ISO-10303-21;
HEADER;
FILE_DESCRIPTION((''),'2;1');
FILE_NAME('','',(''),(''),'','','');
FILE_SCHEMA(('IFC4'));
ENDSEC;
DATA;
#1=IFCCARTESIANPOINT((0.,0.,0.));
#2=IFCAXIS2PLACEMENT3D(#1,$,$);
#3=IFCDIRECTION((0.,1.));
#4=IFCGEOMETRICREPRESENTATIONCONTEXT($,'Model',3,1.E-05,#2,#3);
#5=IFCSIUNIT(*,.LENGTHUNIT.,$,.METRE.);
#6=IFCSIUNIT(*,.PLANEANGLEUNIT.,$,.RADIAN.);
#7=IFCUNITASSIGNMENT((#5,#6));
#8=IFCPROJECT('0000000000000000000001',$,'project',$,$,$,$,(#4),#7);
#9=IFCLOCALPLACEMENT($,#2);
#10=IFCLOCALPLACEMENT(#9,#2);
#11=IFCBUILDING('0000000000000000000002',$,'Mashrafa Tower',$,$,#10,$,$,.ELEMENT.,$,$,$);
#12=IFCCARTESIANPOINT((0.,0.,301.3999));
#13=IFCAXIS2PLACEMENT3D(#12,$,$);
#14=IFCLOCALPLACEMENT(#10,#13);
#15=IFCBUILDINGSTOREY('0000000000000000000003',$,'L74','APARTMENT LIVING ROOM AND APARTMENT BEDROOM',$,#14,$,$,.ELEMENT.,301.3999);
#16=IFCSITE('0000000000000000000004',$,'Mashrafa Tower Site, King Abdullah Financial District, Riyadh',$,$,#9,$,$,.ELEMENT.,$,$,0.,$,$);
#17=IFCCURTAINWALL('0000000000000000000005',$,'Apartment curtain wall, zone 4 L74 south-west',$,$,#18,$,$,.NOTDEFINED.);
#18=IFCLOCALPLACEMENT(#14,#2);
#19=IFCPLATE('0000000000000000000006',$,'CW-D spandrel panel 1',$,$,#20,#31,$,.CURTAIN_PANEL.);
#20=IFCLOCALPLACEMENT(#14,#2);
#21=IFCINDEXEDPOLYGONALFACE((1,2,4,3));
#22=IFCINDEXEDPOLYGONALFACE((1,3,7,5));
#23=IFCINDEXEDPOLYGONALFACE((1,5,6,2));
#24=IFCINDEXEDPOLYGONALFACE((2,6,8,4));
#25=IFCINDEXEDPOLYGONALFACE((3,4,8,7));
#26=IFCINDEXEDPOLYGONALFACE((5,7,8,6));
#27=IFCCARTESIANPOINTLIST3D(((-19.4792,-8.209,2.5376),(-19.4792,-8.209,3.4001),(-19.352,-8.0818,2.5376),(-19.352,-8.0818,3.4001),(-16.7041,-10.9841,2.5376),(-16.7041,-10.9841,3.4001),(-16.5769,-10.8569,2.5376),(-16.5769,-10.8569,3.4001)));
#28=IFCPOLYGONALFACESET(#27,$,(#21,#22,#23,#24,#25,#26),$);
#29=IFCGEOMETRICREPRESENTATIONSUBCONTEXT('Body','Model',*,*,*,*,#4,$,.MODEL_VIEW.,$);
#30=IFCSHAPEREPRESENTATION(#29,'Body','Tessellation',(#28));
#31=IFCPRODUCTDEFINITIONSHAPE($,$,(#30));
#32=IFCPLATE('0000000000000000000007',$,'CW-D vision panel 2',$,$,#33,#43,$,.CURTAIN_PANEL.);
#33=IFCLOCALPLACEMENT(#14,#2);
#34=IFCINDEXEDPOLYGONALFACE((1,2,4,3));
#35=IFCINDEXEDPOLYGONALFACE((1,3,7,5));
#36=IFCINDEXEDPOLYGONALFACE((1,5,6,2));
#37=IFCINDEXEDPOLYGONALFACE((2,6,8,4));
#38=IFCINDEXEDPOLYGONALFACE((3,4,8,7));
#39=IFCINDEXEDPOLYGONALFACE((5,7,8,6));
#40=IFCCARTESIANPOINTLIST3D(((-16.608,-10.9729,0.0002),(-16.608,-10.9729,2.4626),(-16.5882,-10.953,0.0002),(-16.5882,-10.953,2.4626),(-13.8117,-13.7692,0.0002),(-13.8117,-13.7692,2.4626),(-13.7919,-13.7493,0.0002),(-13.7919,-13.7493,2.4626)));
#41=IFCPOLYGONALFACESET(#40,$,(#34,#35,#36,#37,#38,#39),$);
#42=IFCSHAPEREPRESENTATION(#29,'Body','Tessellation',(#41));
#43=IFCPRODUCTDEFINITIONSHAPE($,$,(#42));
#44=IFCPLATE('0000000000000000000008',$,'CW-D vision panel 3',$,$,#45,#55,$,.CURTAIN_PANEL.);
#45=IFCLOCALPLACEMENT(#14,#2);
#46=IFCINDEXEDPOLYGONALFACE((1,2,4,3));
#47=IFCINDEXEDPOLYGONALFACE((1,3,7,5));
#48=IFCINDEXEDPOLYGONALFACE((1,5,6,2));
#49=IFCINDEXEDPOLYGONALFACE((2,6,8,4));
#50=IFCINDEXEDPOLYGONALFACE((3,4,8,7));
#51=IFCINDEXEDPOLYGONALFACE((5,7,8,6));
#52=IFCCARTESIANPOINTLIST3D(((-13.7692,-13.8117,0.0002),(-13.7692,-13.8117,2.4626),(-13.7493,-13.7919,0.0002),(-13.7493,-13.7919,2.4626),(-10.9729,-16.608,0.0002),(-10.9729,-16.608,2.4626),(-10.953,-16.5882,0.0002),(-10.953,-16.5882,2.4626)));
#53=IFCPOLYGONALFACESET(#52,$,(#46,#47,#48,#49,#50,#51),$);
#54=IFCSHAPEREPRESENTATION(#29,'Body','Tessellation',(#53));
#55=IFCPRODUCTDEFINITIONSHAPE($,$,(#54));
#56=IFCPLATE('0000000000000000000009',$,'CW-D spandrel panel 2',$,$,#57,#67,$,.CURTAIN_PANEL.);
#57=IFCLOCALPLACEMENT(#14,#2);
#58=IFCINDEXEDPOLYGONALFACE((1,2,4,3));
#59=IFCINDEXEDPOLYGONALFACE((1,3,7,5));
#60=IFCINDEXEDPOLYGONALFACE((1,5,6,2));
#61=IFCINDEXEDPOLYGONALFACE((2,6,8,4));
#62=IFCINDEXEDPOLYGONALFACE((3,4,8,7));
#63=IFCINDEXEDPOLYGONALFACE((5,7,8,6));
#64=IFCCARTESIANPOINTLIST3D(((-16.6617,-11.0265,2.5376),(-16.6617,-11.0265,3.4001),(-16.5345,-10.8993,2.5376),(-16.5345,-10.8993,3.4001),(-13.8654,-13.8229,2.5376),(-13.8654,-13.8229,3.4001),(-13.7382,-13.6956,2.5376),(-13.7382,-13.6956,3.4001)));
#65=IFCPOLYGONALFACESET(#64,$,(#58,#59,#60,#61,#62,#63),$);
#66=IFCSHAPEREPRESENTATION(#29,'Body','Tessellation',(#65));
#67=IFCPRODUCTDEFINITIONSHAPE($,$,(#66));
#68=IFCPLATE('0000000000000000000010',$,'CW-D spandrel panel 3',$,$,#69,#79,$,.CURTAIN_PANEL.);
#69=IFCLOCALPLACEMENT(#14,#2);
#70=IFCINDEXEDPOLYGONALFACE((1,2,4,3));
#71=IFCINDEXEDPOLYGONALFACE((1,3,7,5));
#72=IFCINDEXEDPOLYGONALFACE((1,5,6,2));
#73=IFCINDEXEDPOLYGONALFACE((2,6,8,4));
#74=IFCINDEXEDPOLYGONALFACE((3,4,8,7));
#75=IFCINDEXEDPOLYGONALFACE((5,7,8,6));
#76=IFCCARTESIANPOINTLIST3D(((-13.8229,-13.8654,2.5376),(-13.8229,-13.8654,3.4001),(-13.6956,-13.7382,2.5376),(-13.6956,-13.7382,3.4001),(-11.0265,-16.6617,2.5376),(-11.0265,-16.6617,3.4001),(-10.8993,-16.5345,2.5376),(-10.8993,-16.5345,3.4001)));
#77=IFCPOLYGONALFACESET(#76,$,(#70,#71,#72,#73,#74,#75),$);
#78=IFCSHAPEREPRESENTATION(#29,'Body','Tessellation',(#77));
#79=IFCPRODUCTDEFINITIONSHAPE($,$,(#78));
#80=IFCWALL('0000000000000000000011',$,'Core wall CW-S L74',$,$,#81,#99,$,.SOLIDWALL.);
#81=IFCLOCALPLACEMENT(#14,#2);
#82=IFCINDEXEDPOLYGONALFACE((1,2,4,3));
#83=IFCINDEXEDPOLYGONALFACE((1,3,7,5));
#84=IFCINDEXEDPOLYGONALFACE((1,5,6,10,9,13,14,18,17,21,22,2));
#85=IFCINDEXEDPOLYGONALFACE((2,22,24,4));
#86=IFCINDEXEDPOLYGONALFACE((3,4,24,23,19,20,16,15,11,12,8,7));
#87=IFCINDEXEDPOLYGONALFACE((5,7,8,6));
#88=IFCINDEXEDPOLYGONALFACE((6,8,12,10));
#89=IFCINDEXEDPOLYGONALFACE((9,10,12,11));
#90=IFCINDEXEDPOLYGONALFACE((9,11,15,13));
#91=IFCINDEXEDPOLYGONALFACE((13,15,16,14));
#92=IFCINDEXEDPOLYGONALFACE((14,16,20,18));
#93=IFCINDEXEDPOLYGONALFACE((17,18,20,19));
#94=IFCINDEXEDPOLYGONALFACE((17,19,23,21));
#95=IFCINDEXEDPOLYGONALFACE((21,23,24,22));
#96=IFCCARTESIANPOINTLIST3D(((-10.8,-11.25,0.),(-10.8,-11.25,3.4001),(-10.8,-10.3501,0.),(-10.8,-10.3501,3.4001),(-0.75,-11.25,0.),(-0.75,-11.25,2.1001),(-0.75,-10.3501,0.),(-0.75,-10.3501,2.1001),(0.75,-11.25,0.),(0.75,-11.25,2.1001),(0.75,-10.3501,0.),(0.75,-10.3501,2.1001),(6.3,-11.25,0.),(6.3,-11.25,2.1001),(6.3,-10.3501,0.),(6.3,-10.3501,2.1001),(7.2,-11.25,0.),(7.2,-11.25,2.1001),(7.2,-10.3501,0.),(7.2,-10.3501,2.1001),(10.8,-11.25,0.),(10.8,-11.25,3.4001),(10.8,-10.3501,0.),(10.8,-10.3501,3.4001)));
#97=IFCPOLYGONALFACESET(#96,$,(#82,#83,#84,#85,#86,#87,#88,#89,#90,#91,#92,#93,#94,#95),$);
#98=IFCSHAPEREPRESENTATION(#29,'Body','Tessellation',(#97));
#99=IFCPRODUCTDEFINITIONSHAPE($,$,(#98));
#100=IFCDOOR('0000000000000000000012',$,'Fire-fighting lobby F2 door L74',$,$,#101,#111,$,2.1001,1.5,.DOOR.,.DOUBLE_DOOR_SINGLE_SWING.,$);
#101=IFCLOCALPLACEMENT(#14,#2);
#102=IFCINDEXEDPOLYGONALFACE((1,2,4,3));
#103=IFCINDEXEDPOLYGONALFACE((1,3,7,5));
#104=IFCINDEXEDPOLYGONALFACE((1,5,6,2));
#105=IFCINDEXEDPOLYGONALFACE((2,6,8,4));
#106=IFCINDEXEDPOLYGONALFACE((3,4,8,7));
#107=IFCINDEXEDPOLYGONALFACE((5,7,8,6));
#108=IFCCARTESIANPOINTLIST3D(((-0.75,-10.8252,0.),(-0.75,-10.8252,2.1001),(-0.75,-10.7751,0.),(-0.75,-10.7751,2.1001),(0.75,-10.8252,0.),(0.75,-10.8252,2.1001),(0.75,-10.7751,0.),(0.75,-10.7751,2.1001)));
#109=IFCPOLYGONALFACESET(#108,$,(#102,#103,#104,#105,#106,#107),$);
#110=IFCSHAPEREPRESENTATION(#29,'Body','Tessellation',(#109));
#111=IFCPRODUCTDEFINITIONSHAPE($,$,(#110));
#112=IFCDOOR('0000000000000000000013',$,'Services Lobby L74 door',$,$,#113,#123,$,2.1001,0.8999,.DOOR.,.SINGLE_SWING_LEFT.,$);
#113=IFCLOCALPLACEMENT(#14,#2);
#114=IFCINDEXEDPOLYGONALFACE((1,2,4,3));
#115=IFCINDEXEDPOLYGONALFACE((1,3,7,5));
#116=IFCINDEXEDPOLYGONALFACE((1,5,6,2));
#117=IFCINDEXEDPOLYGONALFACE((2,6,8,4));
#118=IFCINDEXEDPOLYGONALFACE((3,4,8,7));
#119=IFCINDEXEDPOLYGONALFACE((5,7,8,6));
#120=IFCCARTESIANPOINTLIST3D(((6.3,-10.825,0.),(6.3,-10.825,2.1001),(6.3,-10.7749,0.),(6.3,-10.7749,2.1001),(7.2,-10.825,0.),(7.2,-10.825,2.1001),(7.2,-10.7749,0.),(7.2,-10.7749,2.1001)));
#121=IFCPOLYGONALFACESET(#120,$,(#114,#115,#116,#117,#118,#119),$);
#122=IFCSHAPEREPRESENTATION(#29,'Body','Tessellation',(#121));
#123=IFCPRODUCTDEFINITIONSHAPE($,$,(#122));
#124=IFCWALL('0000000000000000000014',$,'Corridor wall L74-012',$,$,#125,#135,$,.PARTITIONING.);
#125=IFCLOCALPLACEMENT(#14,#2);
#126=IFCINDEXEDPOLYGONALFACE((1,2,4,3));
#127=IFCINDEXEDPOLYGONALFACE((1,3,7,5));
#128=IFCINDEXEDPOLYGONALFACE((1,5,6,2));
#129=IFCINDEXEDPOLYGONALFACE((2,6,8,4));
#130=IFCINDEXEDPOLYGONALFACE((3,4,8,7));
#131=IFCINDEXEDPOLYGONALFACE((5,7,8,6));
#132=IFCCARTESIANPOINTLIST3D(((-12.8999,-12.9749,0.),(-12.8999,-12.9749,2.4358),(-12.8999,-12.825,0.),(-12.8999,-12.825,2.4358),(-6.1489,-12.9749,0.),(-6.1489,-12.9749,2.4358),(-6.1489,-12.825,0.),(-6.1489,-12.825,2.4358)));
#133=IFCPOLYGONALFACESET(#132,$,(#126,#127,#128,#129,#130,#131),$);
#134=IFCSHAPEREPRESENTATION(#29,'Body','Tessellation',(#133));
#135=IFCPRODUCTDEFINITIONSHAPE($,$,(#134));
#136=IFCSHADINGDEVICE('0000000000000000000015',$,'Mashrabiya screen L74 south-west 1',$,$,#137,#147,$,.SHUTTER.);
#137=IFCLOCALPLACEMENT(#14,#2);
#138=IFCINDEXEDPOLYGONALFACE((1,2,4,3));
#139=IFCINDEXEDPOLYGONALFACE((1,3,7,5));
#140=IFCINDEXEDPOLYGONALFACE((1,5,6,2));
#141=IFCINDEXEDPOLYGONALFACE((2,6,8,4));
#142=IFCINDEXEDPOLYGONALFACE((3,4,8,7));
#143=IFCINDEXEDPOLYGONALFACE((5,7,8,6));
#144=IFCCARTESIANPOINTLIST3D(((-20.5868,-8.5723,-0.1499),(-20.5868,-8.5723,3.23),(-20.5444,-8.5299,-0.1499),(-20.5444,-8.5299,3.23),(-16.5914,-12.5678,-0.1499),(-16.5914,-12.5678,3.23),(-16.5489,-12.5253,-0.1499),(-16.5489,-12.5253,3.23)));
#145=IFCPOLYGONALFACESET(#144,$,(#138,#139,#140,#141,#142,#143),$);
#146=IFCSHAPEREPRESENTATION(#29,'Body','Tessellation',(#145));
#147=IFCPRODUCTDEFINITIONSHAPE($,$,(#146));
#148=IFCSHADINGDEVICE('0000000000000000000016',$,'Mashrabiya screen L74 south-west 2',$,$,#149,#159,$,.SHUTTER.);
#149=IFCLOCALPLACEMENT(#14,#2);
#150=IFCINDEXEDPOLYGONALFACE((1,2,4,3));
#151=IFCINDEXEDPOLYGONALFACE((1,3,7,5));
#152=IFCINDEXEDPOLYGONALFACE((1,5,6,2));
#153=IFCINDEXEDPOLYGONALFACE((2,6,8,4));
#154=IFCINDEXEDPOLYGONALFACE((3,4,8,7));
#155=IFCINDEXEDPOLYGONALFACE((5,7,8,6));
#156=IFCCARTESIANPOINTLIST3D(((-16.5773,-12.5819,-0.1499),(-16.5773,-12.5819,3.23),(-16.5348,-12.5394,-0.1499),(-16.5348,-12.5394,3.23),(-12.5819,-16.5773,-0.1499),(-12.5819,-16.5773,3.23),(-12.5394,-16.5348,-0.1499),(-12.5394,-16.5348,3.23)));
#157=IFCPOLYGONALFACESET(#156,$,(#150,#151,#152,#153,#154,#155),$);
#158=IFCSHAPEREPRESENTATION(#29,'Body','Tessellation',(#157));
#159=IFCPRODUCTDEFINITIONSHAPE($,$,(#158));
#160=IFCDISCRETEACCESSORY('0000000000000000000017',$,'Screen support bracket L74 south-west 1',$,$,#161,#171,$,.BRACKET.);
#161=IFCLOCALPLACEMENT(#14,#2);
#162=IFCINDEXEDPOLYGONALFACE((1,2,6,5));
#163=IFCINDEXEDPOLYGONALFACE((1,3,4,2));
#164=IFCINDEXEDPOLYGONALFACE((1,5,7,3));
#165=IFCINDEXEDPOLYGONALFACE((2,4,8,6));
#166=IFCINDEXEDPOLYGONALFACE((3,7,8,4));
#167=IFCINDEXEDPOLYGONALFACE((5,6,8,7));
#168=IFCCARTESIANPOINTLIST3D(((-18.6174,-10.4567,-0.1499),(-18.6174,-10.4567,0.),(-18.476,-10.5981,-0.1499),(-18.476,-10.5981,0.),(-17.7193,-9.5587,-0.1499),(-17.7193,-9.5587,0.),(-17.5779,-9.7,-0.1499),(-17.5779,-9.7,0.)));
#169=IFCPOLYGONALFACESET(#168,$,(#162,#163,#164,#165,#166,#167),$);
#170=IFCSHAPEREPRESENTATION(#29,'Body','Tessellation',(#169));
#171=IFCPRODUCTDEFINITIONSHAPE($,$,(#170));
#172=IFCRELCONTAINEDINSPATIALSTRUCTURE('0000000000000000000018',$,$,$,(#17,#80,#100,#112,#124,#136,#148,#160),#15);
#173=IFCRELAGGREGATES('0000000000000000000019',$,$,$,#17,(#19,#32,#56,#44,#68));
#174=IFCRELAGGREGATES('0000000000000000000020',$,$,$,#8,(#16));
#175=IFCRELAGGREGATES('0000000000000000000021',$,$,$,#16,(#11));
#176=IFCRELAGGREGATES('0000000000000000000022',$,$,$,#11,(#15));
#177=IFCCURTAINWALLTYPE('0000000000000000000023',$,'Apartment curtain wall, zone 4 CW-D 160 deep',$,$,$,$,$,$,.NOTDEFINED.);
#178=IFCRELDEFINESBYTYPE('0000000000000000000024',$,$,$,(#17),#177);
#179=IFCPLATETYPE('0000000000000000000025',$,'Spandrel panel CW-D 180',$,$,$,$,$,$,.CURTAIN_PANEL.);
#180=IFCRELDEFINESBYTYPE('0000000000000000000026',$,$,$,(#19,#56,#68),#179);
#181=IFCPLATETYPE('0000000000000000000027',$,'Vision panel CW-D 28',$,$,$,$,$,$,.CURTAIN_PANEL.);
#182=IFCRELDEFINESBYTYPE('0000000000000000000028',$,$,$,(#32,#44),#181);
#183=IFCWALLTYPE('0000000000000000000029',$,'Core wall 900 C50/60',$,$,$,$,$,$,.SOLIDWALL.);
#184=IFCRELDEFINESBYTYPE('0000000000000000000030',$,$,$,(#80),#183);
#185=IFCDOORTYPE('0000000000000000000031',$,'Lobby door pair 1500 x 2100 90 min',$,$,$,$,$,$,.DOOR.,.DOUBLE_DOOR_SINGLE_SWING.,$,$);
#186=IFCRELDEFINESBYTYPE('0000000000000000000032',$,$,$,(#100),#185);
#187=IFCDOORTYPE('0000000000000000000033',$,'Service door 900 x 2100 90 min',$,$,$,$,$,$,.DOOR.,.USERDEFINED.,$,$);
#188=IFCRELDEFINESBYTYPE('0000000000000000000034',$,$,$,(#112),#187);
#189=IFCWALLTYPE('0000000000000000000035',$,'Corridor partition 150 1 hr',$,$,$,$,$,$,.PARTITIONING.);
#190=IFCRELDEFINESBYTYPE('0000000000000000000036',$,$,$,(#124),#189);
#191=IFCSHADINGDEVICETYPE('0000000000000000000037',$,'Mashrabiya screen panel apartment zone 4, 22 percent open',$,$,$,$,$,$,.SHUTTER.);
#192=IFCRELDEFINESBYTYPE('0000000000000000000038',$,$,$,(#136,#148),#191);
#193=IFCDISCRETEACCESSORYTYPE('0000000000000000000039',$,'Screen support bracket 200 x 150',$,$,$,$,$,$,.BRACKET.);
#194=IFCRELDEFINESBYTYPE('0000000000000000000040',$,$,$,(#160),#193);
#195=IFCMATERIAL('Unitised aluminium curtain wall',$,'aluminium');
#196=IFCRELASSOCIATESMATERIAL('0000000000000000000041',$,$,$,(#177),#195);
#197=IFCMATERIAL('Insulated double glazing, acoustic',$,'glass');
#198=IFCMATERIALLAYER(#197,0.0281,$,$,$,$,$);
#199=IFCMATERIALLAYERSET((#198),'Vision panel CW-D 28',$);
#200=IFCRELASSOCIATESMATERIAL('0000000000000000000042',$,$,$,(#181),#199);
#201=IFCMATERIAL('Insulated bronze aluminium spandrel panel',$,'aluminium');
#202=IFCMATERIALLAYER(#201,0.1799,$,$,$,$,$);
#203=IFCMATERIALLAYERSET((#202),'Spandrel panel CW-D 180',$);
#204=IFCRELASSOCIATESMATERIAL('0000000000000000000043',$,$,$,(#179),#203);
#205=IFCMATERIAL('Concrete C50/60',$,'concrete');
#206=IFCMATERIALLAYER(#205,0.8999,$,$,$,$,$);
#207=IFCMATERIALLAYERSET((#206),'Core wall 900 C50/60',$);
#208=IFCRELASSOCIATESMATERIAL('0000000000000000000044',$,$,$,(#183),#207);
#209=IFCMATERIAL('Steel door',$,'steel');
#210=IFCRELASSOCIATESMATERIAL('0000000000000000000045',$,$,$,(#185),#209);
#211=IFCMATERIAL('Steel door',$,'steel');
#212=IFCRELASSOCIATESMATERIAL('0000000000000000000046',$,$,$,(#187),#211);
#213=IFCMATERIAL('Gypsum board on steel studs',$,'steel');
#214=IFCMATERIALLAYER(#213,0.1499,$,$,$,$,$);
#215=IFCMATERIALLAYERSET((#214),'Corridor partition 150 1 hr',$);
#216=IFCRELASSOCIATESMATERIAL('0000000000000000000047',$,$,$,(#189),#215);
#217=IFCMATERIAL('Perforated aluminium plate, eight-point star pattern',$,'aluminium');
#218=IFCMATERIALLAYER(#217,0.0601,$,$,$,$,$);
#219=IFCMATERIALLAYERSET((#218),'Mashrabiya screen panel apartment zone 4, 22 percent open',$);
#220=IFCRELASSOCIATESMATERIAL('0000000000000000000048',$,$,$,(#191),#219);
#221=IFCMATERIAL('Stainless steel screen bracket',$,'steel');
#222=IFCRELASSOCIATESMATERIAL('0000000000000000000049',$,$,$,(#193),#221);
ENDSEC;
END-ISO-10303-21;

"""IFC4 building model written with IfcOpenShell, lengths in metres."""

from ifc_helpers import new_model, si_unit, direction, frame, frame_2d, origin, origin_2d, place, context, subcontext, project, spatial, rectangle, extrude, source, transform, mapped, material, layer, layer_set, type_object, type_shapes, element, fill, aggregate, save


model = new_model("IFC4")

# Units and contexts
model_context = context("Model", 3, precision=1e-05, world=origin(), true_north=direction((0.0, 1.0)))
body_context = subcontext(model_context, "Body", "Model", "MODEL_VIEW")
ifc_project = project(units=[si_unit("LENGTHUNIT", "METRE"), si_unit("PLANEANGLEUNIT", "RADIAN")], contexts=[model_context])

# Site, building, storey
site_placement = place(None, origin())
site = spatial("IfcSite", under=ifc_project, at=site_placement, Name="Mashrafa Tower Site, King Abdullah Financial District, Riyadh", CompositionType="ELEMENT", RefElevation=0.0)
building_placement = place(site_placement, origin())
building = spatial("IfcBuilding", under=site, at=building_placement, Name="Mashrafa Tower", CompositionType="ELEMENT")
storey_placement = place(building_placement, frame((0.0, 0.0, 301.3999)))
storey = spatial("IfcBuildingStorey", under=building, at=storey_placement, Name="L74", Description="APARTMENT LIVING ROOM AND APARTMENT BEDROOM", CompositionType="ELEMENT", Elevation=301.3999)

# Shared definitions
ifc_material_1 = material(Name="Unitised aluminium curtain wall", Category="aluminium")
curtain_wall_type = type_object("IfcCurtainWallType", Name="Apartment curtain wall, zone 4 CW-D 160 deep", PredefinedType="NOTDEFINED", material=ifc_material_1)

# Curtain wall, plates
curtain_wall_1_placement = place(storey_placement, origin())
curtain_wall_1 = element("IfcCurtainWall", 1, at=curtain_wall_1_placement, inside=storey, type_object=curtain_wall_type, Name="Apartment curtain wall, zone 4 L74 south-west", PredefinedType="NOTDEFINED")
ifc_material_2 = material(Name="Insulated double glazing, acoustic", Category="glass")
ifc_layer_1 = layer(ifc_material_2, 0.0281)
ifc_layer_set_1 = layer_set([ifc_layer_1], Name="Vision panel CW-D 28")
plate_type_1 = type_object("IfcPlateType", Name="Vision panel CW-D 28", PredefinedType="CURTAIN_PANEL", material=ifc_layer_set_1)
ifc_material_3 = material(Name="Insulated bronze aluminium spandrel panel", Category="aluminium")
ifc_layer_2 = layer(ifc_material_3, 0.1799)
ifc_layer_set_2 = layer_set([ifc_layer_2], Name="Spandrel panel CW-D 180")
plate_type_2 = type_object("IfcPlateType", Name="Spandrel panel CW-D 180", PredefinedType="CURTAIN_PANEL", material=ifc_layer_set_2)
shared_shape_1 = source(origin(), body_context, "Body", "SweptSolid", [
    extrude(rectangle(XDim=3.9246, YDim=0.1799, at=origin_2d()), origin(), (0.0, 0.0, 1.0), 0.8625),
])
plate_1_placement = place(storey_placement, frame((-18.0281, -9.533, 2.5376), z_axis=(0.0, 0.0, 1.0), x_axis=(0.707107, -0.707107, 0.0)))
plate_1 = element("IfcPlate", 2, at=plate_1_placement, type_object=plate_type_2, Name="CW-D spandrel panel 1", PredefinedType="CURTAIN_PANEL", context=body_context, shape_type="MappedRepresentation", body=[
    mapped(shared_shape_1, transform((0.0, 0.0, 0.0))),
])
shared_shape_2 = source(origin(), body_context, "Body", "SweptSolid", [
    extrude(rectangle(XDim=3.9546, YDim=0.0281, at=origin_2d()), origin(), (0.0, 0.0, 1.0), 2.4624),
])
plate_2_placement = place(storey_placement, frame((-15.2, -12.3611, 0.0002), z_axis=(0.0, 0.0, 1.0), x_axis=(0.707107, -0.707107, 0.0)))
plate_2 = element("IfcPlate", 3, at=plate_2_placement, type_object=plate_type_1, Name="CW-D vision panel 2", PredefinedType="CURTAIN_PANEL", context=body_context, shape_type="MappedRepresentation", body=[
    mapped(shared_shape_2, transform((0.0, 0.0, 0.0))),
])
plate_3_placement = place(storey_placement, frame((-12.3611, -15.2, 0.0002), z_axis=(0.0, 0.0, 1.0), x_axis=(0.707107, -0.707107, 0.0)))
plate_3 = element("IfcPlate", 4, at=plate_3_placement, type_object=plate_type_1, Name="CW-D vision panel 3", PredefinedType="CURTAIN_PANEL", context=body_context, shape_type="MappedRepresentation", body=[
    mapped(shared_shape_2, transform((0.0, 0.0, 0.0))),
])
shared_shape_3 = source(origin(), body_context, "Body", "SweptSolid", [
    extrude(rectangle(XDim=3.9546, YDim=0.1799, at=origin_2d()), origin(), (0.0, 0.0, 1.0), 0.8625),
])
type_shapes(plate_type_2, [shared_shape_1, shared_shape_3])
plate_4_placement = place(storey_placement, frame((-15.2, -12.3611, 2.5376), z_axis=(0.0, 0.0, 1.0), x_axis=(0.707107, -0.707107, 0.0)))
plate_4 = element("IfcPlate", 5, at=plate_4_placement, type_object=plate_type_2, Name="CW-D spandrel panel 2", PredefinedType="CURTAIN_PANEL", context=body_context, shape_type="MappedRepresentation", body=[
    mapped(shared_shape_3, transform((0.0, 0.0, 0.0))),
])
plate_5_placement = place(storey_placement, frame((-12.3611, -15.2, 2.5376), z_axis=(0.0, 0.0, 1.0), x_axis=(0.707107, -0.707107, 0.0)))
plate_5 = element("IfcPlate", 6, at=plate_5_placement, type_object=plate_type_2, Name="CW-D spandrel panel 3", PredefinedType="CURTAIN_PANEL", context=body_context, shape_type="MappedRepresentation", body=[
    mapped(shared_shape_3, transform((0.0, 0.0, 0.0))),
])
aggregate(curtain_wall_1, [plate_1, plate_2, plate_4, plate_3, plate_5])

# Wall, openings, doors
ifc_material_4 = material(Name="Concrete C50/60", Category="concrete")
ifc_layer_3 = layer(ifc_material_4, 0.8999)
ifc_layer_set_3 = layer_set([ifc_layer_3], Name="Core wall 900 C50/60")
wall_type_1 = type_object("IfcWallType", Name="Core wall 900 C50/60", PredefinedType="SOLIDWALL", material=ifc_layer_set_3)
wall_1_placement = place(storey_placement, frame((-10.8, -10.8, 0.0), z_axis=(0.0, 0.0, 1.0), x_axis=(1.0, 0.0, 0.0)))
wall_1 = element("IfcWall", 7, at=wall_1_placement, inside=storey, type_object=wall_type_1, Name="Core wall CW-S L74", PredefinedType="SOLIDWALL", context=body_context, shape_type="SweptSolid", body=[
    extrude(rectangle(XDim=21.6001, YDim=0.8999, at=frame_2d((10.8, 0.0))), origin(), (0.0, 0.0, 1.0), 3.4001),
])
opening_1_placement = place(wall_1_placement, frame((10.05, 0.0, 0.0)))
opening_1 = element("IfcOpeningElement", 8, at=opening_1_placement, cuts=wall_1, PredefinedType="OPENING", context=body_context, shape_type="SweptSolid", body=[
    extrude(rectangle(XDim=1.5, YDim=2.1001, at=frame_2d((0.75, 1.05))), frame((0.0, 0.46, 0.0), z_axis=(0.0, -1.0, 0.0), x_axis=(1.0, 0.0, 0.0)), (0.0, 0.0, 1.0), 0.9199),
])
opening_2_placement = place(wall_1_placement, frame((17.1001, 0.0, 0.0)))
opening_2 = element("IfcOpeningElement", 9, at=opening_2_placement, cuts=wall_1, PredefinedType="OPENING", context=body_context, shape_type="SweptSolid", body=[
    extrude(rectangle(XDim=0.8999, YDim=2.1001, at=frame_2d((0.45, 1.05))), frame((0.0, 0.46, 0.0), z_axis=(0.0, -1.0, 0.0), x_axis=(1.0, 0.0, 0.0)), (0.0, 0.0, 1.0), 0.9199),
])
ifc_material_5 = material(Name="Steel door", Category="steel")
door_type_1 = type_object("IfcDoorType", Name="Lobby door pair 1500 x 2100 90 min", OperationType="DOUBLE_DOOR_SINGLE_SWING", PredefinedType="DOOR", material=ifc_material_5)
door_1_placement = place(opening_1_placement, origin())
door_1 = element("IfcDoor", 10, at=door_1_placement, inside=storey, type_object=door_type_1, Name="Fire-fighting lobby F2 door L74", OperationType="DOUBLE_DOOR_SINGLE_SWING", OverallHeight=2.1001, OverallWidth=1.5, PredefinedType="DOOR", context=body_context, shape_type="SweptSolid", body=[
    extrude(rectangle(XDim=1.5, YDim=2.1001, at=frame_2d((0.75, 1.05))), frame((0.0, 0.0249, 0.0), z_axis=(0.0, -1.0, 0.0), x_axis=(1.0, 0.0, 0.0)), (0.0, 0.0, 1.0), 0.05),
])
fill(opening_1, door_1)
ifc_material_6 = material(Name="Steel door", Category="steel")
door_type_2 = type_object("IfcDoorType", Name="Service door 900 x 2100 90 min", OperationType="USERDEFINED", PredefinedType="DOOR", material=ifc_material_6)
door_2_placement = place(opening_2_placement, frame((0.8999, 0.0, 0.0), z_axis=(0.0, 0.0, 1.0), x_axis=(-1.0, 0.0, 0.0)))
door_2 = element("IfcDoor", 11, at=door_2_placement, inside=storey, type_object=door_type_2, Name="Services Lobby L74 door", OperationType="SINGLE_SWING_LEFT", OverallHeight=2.1001, OverallWidth=0.8999, PredefinedType="DOOR", context=body_context, shape_type="SweptSolid", body=[
    extrude(rectangle(XDim=0.8999, YDim=2.1001, at=frame_2d((0.45, 1.05))), frame((0.0, 0.0249, 0.0), z_axis=(0.0, -1.0, 0.0), x_axis=(1.0, 0.0, 0.0)), (0.0, 0.0, 1.0), 0.05),
])
fill(opening_2, door_2)

# Wall
ifc_material_7 = material(Name="Gypsum board on steel studs", Category="steel")
ifc_layer_4 = layer(ifc_material_7, 0.1499)
ifc_layer_set_4 = layer_set([ifc_layer_4], Name="Corridor partition 150 1 hr")
wall_type_2 = type_object("IfcWallType", Name="Corridor partition 150 1 hr", PredefinedType="PARTITIONING", material=ifc_layer_set_4)
wall_2_placement = place(storey_placement, frame((-12.8999, -12.8999, 0.0), z_axis=(0.0, 0.0, 1.0), x_axis=(1.0, 0.0, 0.0)))
element("IfcWall", 12, at=wall_2_placement, inside=storey, type_object=wall_type_2, Name="Corridor wall L74-012", PredefinedType="PARTITIONING", context=body_context, shape_type="SweptSolid", body=[
    extrude(rectangle(XDim=6.751, YDim=0.1499, at=frame_2d((3.3755, 0.0))), origin(), (0.0, 0.0, 1.0), 2.4358),
])

# Shading devices
ifc_material_8 = material(Name="Perforated aluminium plate, eight-point star pattern", Category="aluminium")
ifc_layer_5 = layer(ifc_material_8, 0.0601)
ifc_layer_set_5 = layer_set([ifc_layer_5], Name="Mashrabiya screen panel apartment zone 4, 22 percent open")
shading_device_type = type_object("IfcShadingDeviceType", Name="Mashrabiya screen panel apartment zone 4, 22 percent open", PredefinedType="SHUTTER", material=ifc_layer_set_5)
shared_shape_4 = source(origin(), body_context, "Body", "SweptSolid", [
    extrude(rectangle(XDim=5.6504, YDim=0.0601, at=origin_2d()), origin(), (0.0, 0.0, 1.0), 3.3799),
])
type_shapes(shading_device_type, [shared_shape_4])
for number, where, z_axis, x_axis, name in (
    (13, (-18.5679, -10.5488, -0.1499), (0.0, 0.0, 1.0), (0.707107, -0.707107, 0.0), "Mashrabiya screen L74 south-west 1"),
    (14, (-14.5583, -14.5583, -0.1499), (0.0, 0.0, 1.0), (0.707107, -0.707107, 0.0), "Mashrabiya screen L74 south-west 2"),
):
    element("IfcShadingDevice", number, at=place(storey_placement, frame(where, z_axis=z_axis, x_axis=x_axis)), inside=storey, type_object=shading_device_type, Name=name, PredefinedType="SHUTTER", context=body_context, shape_type="MappedRepresentation", body=[
        mapped(shared_shape_4, transform((0.0, 0.0, 0.0))),
    ])

# Discrete accessory
ifc_material_9 = material(Name="Stainless steel screen bracket", Category="steel")
discrete_accessory_type = type_object("IfcDiscreteAccessoryType", Name="Screen support bracket 200 x 150", PredefinedType="BRACKET", material=ifc_material_9)
shared_shape_5 = source(origin(), body_context, "Body", "SweptSolid", [
    extrude(rectangle(XDim=0.2, YDim=1.27, at=origin_2d()), origin(), (0.0, 0.0, 1.0), 0.1499),
])
type_shapes(discrete_accessory_type, [shared_shape_5])
for number, where, z_axis, x_axis, name in (
    (15, (-18.0977, -10.0784, -0.1499), (0.0, 0.0, 1.0), (0.707107, -0.707107, 0.0), "Screen support bracket L74 south-west 1"),
):
    element("IfcDiscreteAccessory", number, at=place(storey_placement, frame(where, z_axis=z_axis, x_axis=x_axis)), inside=storey, type_object=discrete_accessory_type, Name=name, PredefinedType="BRACKET", context=body_context, shape_type="MappedRepresentation", body=[
        mapped(shared_shape_5, transform((0.0, 0.0, 0.0))),
    ])

save(model, "model.ifc")
